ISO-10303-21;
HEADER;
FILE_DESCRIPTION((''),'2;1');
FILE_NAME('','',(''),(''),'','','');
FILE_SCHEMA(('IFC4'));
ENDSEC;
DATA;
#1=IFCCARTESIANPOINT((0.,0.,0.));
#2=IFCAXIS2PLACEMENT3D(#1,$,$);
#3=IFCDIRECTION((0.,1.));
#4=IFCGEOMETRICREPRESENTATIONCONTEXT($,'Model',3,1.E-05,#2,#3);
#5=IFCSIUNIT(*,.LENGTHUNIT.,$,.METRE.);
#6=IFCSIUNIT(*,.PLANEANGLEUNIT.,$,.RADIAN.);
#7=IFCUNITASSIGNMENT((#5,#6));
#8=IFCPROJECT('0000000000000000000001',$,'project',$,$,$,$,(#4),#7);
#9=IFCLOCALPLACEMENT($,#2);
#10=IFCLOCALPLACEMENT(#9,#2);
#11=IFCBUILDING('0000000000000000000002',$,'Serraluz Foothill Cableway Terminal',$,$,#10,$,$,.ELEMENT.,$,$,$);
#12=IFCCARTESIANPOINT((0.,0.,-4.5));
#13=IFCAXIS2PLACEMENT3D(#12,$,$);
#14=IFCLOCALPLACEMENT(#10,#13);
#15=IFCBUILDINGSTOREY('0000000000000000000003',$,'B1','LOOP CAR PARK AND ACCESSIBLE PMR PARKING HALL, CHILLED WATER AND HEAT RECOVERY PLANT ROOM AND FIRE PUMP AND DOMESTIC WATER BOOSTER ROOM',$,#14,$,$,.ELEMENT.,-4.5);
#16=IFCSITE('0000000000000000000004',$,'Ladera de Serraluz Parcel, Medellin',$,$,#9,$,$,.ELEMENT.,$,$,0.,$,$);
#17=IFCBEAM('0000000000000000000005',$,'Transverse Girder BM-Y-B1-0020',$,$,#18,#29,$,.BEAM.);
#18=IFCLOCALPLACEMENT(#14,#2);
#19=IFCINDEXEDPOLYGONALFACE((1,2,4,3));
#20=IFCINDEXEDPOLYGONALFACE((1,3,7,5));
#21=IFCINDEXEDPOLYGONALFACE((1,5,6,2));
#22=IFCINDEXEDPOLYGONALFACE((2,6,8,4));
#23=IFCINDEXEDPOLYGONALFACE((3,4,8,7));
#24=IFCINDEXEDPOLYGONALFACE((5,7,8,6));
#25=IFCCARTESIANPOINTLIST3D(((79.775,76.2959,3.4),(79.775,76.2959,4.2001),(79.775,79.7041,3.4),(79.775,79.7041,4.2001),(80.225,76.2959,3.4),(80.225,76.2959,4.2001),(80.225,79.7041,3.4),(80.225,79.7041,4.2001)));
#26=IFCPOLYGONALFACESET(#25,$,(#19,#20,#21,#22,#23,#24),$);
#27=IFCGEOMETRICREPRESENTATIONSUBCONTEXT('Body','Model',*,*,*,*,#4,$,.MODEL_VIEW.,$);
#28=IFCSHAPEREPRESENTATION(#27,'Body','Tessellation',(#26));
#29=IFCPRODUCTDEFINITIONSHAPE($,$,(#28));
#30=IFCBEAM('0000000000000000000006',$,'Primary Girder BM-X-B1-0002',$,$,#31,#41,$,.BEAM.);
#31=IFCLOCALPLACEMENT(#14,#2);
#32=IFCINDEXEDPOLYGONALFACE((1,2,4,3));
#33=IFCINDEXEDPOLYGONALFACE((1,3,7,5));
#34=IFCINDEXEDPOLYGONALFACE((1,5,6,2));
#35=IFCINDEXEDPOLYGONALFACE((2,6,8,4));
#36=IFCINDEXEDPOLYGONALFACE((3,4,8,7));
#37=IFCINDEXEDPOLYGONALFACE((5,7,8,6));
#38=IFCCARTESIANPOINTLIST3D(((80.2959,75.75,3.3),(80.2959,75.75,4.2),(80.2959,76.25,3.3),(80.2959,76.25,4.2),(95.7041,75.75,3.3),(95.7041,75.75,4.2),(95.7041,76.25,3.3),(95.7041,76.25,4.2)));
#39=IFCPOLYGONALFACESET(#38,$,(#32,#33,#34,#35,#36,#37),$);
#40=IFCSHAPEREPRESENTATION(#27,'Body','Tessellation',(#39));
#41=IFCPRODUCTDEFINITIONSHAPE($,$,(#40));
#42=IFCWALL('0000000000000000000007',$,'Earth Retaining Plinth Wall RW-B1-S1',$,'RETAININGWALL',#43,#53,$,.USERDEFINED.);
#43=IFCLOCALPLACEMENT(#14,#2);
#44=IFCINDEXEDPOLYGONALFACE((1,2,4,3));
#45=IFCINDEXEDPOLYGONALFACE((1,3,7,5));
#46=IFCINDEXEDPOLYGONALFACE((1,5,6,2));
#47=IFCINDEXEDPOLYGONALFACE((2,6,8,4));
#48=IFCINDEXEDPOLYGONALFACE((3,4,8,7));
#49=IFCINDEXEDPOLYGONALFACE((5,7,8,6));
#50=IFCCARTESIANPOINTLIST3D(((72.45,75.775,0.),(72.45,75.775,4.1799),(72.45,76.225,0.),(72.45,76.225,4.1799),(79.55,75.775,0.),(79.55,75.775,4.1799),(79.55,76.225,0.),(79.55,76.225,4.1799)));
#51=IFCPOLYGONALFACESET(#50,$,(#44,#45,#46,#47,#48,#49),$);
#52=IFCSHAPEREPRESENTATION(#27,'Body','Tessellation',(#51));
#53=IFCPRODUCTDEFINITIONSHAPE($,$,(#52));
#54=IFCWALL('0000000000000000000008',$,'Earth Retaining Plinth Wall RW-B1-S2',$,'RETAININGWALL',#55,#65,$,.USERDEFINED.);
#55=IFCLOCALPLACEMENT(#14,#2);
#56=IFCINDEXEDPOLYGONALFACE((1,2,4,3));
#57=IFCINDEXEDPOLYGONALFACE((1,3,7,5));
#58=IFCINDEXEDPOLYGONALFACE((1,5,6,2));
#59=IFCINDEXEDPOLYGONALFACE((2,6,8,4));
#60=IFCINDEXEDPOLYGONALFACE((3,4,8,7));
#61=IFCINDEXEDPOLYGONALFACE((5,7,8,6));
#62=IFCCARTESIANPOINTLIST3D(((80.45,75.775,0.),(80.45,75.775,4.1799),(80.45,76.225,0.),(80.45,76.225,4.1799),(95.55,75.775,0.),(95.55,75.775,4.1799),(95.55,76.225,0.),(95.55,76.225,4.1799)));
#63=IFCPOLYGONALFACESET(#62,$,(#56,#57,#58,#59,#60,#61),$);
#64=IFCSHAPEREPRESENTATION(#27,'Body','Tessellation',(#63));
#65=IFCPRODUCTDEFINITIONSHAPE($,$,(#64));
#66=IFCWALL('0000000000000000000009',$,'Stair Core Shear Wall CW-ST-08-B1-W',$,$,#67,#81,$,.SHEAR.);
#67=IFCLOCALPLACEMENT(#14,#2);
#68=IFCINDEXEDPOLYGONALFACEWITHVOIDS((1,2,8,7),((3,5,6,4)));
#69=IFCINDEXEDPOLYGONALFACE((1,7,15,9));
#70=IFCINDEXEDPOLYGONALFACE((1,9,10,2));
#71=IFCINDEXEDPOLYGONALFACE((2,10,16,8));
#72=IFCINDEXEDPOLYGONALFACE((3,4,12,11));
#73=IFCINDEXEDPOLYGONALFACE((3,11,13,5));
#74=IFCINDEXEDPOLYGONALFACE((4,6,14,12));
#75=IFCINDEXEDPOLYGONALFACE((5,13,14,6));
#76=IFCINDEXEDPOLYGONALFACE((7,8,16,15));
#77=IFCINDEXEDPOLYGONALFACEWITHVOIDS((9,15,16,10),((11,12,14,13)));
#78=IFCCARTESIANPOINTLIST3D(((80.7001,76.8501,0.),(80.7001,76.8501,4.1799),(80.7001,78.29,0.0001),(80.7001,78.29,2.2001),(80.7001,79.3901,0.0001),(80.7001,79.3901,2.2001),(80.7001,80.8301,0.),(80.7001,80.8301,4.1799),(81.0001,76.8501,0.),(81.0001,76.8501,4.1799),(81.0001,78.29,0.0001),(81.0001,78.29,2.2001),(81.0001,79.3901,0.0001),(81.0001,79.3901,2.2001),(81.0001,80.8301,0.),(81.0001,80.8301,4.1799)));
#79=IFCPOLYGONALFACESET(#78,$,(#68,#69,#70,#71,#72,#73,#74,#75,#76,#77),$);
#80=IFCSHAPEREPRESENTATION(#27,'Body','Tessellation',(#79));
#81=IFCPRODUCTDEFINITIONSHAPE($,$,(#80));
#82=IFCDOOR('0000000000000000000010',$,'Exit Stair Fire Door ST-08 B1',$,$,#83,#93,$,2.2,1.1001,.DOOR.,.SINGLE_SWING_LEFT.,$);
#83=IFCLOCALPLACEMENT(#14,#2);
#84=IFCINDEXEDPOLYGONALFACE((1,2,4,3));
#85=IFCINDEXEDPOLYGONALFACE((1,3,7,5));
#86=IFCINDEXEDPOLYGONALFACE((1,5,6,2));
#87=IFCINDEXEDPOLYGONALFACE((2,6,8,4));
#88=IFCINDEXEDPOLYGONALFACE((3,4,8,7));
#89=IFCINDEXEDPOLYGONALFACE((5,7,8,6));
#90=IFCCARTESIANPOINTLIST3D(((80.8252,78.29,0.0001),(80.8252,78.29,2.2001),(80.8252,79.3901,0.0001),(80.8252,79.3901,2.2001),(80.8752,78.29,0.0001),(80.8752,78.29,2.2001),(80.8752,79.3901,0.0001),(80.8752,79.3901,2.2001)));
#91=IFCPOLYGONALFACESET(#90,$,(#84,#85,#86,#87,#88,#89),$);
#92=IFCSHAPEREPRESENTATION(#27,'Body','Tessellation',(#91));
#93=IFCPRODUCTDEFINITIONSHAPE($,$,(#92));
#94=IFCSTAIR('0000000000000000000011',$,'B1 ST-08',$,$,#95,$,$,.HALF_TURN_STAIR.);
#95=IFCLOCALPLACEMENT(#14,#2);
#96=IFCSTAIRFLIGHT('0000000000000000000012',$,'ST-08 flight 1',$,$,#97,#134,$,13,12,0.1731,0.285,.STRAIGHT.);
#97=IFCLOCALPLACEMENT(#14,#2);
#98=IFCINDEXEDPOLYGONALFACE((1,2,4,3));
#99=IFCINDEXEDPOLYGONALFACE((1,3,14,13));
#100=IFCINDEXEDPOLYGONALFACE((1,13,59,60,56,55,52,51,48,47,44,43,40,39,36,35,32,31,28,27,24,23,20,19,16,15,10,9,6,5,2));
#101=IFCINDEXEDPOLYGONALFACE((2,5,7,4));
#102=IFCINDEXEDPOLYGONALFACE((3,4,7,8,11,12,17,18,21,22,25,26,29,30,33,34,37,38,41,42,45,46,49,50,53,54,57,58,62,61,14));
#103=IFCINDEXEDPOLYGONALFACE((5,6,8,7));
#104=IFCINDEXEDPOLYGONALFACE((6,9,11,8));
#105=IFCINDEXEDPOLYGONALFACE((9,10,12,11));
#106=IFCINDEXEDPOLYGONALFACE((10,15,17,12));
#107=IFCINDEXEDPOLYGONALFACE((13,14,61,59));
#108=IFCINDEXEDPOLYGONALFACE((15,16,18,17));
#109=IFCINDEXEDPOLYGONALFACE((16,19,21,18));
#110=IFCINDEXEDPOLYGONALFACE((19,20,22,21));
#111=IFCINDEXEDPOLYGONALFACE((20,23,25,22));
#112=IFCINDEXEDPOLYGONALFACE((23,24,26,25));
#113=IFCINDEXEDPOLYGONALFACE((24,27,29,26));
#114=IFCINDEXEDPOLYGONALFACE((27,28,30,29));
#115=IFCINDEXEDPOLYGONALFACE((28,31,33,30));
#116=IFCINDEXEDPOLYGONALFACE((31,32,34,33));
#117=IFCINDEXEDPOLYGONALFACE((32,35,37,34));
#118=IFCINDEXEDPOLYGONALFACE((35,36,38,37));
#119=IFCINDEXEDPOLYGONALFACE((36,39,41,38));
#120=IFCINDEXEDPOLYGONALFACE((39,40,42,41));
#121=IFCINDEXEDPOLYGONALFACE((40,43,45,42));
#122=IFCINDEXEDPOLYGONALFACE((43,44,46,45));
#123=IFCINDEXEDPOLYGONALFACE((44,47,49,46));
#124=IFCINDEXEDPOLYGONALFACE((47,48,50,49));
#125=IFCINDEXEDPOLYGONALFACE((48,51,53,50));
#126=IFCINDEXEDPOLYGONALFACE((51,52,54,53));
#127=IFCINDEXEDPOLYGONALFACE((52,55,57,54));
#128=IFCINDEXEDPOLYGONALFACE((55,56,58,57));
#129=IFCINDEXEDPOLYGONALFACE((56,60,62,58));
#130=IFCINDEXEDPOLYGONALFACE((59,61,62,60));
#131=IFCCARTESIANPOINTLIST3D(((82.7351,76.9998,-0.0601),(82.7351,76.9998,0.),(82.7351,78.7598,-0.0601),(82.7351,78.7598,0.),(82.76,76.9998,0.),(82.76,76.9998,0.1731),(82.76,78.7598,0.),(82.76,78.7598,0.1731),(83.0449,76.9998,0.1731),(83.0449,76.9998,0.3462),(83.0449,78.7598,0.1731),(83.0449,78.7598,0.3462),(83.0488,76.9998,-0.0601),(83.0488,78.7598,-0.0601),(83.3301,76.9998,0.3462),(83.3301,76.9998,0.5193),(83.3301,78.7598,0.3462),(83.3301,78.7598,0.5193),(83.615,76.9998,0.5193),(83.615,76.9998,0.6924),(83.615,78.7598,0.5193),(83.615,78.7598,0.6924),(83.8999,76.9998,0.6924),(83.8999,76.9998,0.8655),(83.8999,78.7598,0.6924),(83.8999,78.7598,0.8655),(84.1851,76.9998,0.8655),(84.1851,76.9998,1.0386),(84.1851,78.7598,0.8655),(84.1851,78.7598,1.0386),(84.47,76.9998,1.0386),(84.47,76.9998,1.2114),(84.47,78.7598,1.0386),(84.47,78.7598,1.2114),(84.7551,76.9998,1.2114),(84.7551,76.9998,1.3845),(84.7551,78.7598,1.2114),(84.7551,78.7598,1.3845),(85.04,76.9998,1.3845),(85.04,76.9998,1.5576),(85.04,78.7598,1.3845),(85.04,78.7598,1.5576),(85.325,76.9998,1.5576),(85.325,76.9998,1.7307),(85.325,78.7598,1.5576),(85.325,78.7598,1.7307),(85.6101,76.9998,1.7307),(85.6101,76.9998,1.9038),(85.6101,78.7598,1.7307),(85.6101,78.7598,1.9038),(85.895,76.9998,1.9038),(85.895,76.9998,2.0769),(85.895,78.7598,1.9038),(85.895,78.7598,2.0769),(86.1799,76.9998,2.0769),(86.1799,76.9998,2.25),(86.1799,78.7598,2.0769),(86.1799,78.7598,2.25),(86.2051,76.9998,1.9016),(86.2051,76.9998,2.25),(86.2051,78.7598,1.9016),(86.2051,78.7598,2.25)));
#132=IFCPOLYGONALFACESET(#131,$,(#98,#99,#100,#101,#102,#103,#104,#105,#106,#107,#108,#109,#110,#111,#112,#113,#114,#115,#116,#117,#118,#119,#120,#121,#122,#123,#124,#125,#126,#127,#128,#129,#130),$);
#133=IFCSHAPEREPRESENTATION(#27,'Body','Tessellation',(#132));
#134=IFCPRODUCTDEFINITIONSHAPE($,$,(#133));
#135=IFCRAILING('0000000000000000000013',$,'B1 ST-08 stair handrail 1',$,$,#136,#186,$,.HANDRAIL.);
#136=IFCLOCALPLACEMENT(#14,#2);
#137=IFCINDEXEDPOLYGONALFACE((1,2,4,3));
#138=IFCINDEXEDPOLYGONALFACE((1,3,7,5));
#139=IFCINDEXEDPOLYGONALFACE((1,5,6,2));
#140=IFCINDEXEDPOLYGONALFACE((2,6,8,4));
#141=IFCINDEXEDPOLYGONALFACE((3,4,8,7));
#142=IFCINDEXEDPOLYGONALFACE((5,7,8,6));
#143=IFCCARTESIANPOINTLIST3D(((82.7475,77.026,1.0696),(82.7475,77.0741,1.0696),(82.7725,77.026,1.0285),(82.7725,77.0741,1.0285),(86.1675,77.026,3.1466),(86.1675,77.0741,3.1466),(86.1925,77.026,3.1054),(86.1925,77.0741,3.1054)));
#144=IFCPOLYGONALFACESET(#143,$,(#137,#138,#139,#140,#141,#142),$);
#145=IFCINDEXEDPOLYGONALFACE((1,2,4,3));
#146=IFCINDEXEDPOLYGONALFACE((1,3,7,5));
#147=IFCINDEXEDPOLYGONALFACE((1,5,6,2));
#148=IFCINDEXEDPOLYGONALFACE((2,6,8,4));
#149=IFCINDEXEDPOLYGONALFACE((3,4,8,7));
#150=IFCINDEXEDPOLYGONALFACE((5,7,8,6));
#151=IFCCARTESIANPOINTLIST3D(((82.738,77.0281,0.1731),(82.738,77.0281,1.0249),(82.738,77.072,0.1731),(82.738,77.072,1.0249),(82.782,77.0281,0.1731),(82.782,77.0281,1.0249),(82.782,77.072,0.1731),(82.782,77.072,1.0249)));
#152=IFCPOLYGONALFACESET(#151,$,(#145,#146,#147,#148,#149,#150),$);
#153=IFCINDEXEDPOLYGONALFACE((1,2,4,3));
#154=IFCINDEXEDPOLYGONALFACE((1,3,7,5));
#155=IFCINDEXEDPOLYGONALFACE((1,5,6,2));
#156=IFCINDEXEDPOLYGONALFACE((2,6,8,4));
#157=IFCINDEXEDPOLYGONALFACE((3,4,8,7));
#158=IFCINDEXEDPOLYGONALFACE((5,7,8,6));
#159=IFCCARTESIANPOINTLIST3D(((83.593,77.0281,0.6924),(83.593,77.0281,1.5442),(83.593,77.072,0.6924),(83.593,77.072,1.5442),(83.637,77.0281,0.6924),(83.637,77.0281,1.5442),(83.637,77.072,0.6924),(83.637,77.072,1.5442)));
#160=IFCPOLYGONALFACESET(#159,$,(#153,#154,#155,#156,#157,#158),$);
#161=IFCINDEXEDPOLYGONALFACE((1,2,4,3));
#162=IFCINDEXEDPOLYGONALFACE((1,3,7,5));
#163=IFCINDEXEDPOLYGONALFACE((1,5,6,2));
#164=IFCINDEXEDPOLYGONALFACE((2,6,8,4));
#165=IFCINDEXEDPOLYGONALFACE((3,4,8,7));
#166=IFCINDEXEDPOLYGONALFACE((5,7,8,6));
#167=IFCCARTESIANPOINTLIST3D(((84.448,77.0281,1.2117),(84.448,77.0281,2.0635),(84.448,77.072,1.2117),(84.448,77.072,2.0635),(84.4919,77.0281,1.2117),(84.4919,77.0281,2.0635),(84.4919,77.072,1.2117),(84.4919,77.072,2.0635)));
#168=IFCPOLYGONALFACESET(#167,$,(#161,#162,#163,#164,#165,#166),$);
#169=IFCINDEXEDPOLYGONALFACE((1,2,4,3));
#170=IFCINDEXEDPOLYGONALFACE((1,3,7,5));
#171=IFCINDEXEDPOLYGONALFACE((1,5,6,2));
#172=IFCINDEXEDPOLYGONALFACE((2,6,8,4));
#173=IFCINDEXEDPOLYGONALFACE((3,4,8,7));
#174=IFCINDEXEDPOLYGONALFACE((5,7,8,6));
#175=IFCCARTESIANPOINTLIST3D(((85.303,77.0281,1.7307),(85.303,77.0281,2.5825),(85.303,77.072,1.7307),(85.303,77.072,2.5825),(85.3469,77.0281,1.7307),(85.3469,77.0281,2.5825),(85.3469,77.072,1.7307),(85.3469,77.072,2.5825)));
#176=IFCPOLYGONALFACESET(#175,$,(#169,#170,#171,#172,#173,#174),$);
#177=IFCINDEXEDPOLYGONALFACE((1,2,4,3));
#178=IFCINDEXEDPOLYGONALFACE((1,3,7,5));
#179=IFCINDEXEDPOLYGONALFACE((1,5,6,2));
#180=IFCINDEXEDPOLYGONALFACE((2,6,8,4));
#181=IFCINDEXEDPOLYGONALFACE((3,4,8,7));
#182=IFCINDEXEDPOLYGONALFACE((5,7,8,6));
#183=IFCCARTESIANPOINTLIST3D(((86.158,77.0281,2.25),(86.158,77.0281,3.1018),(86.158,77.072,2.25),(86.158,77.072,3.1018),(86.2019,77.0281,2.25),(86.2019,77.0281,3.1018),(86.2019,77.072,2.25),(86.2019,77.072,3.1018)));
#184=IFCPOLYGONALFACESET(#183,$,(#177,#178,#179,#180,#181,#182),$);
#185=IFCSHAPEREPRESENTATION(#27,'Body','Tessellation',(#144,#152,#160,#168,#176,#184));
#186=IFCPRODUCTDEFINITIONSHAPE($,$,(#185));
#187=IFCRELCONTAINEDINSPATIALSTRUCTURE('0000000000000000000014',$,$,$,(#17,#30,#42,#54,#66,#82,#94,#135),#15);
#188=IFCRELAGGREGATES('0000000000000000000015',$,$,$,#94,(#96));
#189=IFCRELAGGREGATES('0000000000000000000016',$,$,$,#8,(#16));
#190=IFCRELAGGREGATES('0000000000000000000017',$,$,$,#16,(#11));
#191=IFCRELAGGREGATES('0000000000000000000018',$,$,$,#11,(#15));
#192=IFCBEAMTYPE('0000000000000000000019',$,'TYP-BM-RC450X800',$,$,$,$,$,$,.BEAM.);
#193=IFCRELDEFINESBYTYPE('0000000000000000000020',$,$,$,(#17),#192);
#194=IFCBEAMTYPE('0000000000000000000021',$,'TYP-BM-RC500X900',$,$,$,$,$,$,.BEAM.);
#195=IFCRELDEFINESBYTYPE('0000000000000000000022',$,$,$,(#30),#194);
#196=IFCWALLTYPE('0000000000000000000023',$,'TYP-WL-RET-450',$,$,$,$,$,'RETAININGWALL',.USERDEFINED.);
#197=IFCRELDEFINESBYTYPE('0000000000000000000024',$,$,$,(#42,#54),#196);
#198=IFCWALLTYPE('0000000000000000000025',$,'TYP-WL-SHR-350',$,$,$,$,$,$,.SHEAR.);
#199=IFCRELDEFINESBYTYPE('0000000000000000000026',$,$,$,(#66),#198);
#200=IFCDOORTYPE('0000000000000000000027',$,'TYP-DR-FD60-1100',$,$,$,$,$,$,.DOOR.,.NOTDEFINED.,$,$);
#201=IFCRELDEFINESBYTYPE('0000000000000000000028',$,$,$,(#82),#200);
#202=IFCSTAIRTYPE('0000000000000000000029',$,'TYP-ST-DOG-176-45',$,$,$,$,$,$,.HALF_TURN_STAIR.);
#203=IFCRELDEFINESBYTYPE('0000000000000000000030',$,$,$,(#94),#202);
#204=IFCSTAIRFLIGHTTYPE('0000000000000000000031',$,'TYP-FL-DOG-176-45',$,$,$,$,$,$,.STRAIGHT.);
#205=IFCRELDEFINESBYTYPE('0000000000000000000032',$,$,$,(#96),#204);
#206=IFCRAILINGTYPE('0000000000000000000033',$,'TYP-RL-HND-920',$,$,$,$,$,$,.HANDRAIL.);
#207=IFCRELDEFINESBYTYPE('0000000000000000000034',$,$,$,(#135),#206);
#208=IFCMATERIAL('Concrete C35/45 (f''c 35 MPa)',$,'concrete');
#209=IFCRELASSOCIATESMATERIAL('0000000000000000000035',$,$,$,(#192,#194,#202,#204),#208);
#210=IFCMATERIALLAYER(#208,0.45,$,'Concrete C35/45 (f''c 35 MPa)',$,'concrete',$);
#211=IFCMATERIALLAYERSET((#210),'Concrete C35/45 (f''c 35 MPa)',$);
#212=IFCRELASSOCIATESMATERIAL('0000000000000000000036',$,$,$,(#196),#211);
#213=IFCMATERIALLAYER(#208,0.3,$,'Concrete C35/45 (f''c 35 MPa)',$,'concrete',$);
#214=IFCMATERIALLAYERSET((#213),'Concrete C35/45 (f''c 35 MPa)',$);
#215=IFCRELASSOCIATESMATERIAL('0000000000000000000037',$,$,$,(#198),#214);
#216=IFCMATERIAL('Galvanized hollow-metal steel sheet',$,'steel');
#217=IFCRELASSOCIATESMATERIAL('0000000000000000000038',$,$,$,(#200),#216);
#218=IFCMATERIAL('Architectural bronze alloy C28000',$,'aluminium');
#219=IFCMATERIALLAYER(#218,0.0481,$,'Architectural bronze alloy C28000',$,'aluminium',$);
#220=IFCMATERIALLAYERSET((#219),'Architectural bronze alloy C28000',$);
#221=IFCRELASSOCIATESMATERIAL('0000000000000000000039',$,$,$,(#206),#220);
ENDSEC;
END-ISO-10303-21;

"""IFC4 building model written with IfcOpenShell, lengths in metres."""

from ifc_helpers import new_model, si_unit, direction, frame, frame_2d, origin, origin_2d, place, context, subcontext, project, spatial, polyline, rectangle, outline, extrude, material, layer, layer_set, material_profile, profile_set, type_object, element, fill, aggregate, save


model = new_model("IFC4")

# Units and contexts
model_context = context("Model", 3, precision=1e-05, world=origin(), true_north=direction((0.0, 1.0)))
body_context = subcontext(model_context, "Body", "Model", "MODEL_VIEW")
ifc_project = project(units=[si_unit("LENGTHUNIT", "METRE"), si_unit("PLANEANGLEUNIT", "RADIAN")], contexts=[model_context])

# Site, building, storey
site_placement = place(None, origin())
site = spatial("IfcSite", under=ifc_project, at=site_placement, Name="Ladera de Serraluz Parcel, Medellin", CompositionType="ELEMENT", RefElevation=0.0)
building_placement = place(site_placement, origin())
building = spatial("IfcBuilding", under=site, at=building_placement, Name="Serraluz Foothill Cableway Terminal", CompositionType="ELEMENT")
storey_placement = place(building_placement, frame((0.0, 0.0, -4.5)))
storey = spatial("IfcBuildingStorey", under=building, at=storey_placement, Name="B1", Description="LOOP CAR PARK AND ACCESSIBLE PMR PARKING HALL, CHILLED WATER AND HEAT RECOVERY PLANT ROOM AND FIRE PUMP AND DOMESTIC WATER BOOSTER ROOM", CompositionType="ELEMENT", Elevation=-4.5)

# Shared definitions
ifc_material_1 = material(Name="Concrete C35/45 (f'c 35 MPa)", Category="concrete")

# Beams
ifc_material_profile_1 = material_profile(ifc_material_1, rectangle(XDim=0.45, YDim=0.8, at=origin_2d()), Name="RC 450x800")
ifc_profile_set_1 = profile_set([ifc_material_profile_1], Name="Concrete C35/45 (f'c 35 MPa)")
beam_type_1 = type_object("IfcBeamType", Name="TYP-BM-RC450X800", PredefinedType="BEAM", material=ifc_profile_set_1)
beam_1_placement = place(storey_placement, frame((80.0, 76.2959, 3.8), z_axis=(0.0, 1.0, 0.0), x_axis=(-1.0, 0.0, 0.0)))
element("IfcBeam", 1, at=beam_1_placement, inside=storey, type_object=beam_type_1, Name="Transverse Girder BM-Y-B1-0020", PredefinedType="BEAM", context=body_context, shape_type="SweptSolid", body=[
    extrude(rectangle(XDim=0.45, YDim=0.8, at=origin_2d()), origin(), (0.0, 0.0, 1.0), 3.4082),
])
ifc_material_profile_2 = material_profile(ifc_material_1, rectangle(XDim=0.5, YDim=0.8999, at=origin_2d()), Name="RC 500x900")
ifc_profile_set_2 = profile_set([ifc_material_profile_2], Name="Concrete C35/45 (f'c 35 MPa)")
beam_type_2 = type_object("IfcBeamType", Name="TYP-BM-RC500X900", PredefinedType="BEAM", material=ifc_profile_set_2)
beam_2_placement = place(storey_placement, frame((80.2959, 76.0, 3.75), z_axis=(1.0, 0.0, 0.0), x_axis=(0.0, 1.0, 0.0)))
element("IfcBeam", 2, at=beam_2_placement, inside=storey, type_object=beam_type_2, Name="Primary Girder BM-X-B1-0002", PredefinedType="BEAM", context=body_context, shape_type="SweptSolid", body=[
    extrude(rectangle(XDim=0.5, YDim=0.8999, at=origin_2d()), origin(), (0.0, 0.0, 1.0), 15.4082),
])

# Walls
ifc_layer_1 = layer(ifc_material_1, 0.45, Name="Concrete C35/45 (f'c 35 MPa)", Category="concrete")
ifc_layer_set_1 = layer_set([ifc_layer_1], Name="Concrete C35/45 (f'c 35 MPa)")
wall_type_1 = type_object("IfcWallType", Name="TYP-WL-RET-450", ElementType="RETAININGWALL", PredefinedType="USERDEFINED", material=ifc_layer_set_1)
wall_1_placement = place(storey_placement, frame((72.45, 76.0, 0.0), z_axis=(0.0, 0.0, 1.0), x_axis=(1.0, 0.0, 0.0)))
element("IfcWall", 3, at=wall_1_placement, inside=storey, type_object=wall_type_1, Name="Earth Retaining Plinth Wall RW-B1-S1", ObjectType="RETAININGWALL", PredefinedType="USERDEFINED", context=body_context, shape_type="SweptSolid", body=[
    extrude(rectangle(XDim=7.1001, YDim=0.45, at=frame_2d((3.55, 0.0))), origin(), (0.0, 0.0, 1.0), 4.1799),
])
wall_2_placement = place(storey_placement, frame((80.45, 76.0, 0.0), z_axis=(0.0, 0.0, 1.0), x_axis=(1.0, 0.0, 0.0)))
element("IfcWall", 4, at=wall_2_placement, inside=storey, type_object=wall_type_1, Name="Earth Retaining Plinth Wall RW-B1-S2", ObjectType="RETAININGWALL", PredefinedType="USERDEFINED", context=body_context, shape_type="SweptSolid", body=[
    extrude(rectangle(XDim=15.1001, YDim=0.45, at=frame_2d((7.55, 0.0))), origin(), (0.0, 0.0, 1.0), 4.1799),
])

# Wall, opening, door
ifc_layer_2 = layer(ifc_material_1, 0.3, Name="Concrete C35/45 (f'c 35 MPa)", Category="concrete")
ifc_layer_set_2 = layer_set([ifc_layer_2], Name="Concrete C35/45 (f'c 35 MPa)")
wall_type_2 = type_object("IfcWallType", Name="TYP-WL-SHR-350", PredefinedType="SHEAR", material=ifc_layer_set_2)
wall_3_placement = place(storey_placement, frame((80.8501, 76.8501, 0.0), z_axis=(0.0, 0.0, 1.0), x_axis=(0.0, 1.0, 0.0)))
wall_3 = element("IfcWall", 5, at=wall_3_placement, inside=storey, type_object=wall_type_2, Name="Stair Core Shear Wall CW-ST-08-B1-W", PredefinedType="SHEAR", context=body_context, shape_type="SweptSolid", body=[
    extrude(rectangle(XDim=3.98, YDim=0.3, at=frame_2d((1.99, 0.0))), origin(), (0.0, 0.0, 1.0), 4.1799),
])
opening_placement = place(wall_3_placement, frame((1.4399, 0.0, 0.0)))
opening = element("IfcOpeningElement", 6, at=opening_placement, cuts=wall_3, PredefinedType="OPENING", context=body_context, shape_type="SweptSolid", body=[
    extrude(rectangle(XDim=1.1001, YDim=2.2, at=frame_2d((0.55, 1.1001))), frame((0.0, 0.1602, 0.0), z_axis=(0.0, -1.0, 0.0), x_axis=(1.0, 0.0, 0.0)), (0.0, 0.0, 1.0), 0.3201),
])
ifc_material_2 = material(Name="Galvanized hollow-metal steel sheet", Category="steel")
door_type = type_object("IfcDoorType", Name="TYP-DR-FD60-1100", OperationType="NOTDEFINED", PredefinedType="DOOR", material=ifc_material_2)
door_placement = place(opening_placement, origin())
door = element("IfcDoor", 7, at=door_placement, inside=storey, type_object=door_type, Name="Exit Stair Fire Door ST-08 B1", OperationType="SINGLE_SWING_LEFT", OverallHeight=2.2, OverallWidth=1.1001, PredefinedType="DOOR", context=body_context, shape_type="SweptSolid", body=[
    extrude(rectangle(XDim=1.1001, YDim=2.2, at=frame_2d((0.55, 1.1001))), frame((0.0, 0.0249, 0.0), z_axis=(0.0, -1.0, 0.0), x_axis=(1.0, 0.0, 0.0)), (0.0, 0.0, 1.0), 0.05),
])
fill(opening, door)

# Stair, stair flight
stair_type = type_object("IfcStairType", Name="TYP-ST-DOG-176-45", PredefinedType="HALF_TURN_STAIR", material=ifc_material_1)
stair_placement = place(storey_placement, origin())
stair = element("IfcStair", 8, at=stair_placement, inside=storey, type_object=stair_type, Name="B1 ST-08", PredefinedType="HALF_TURN_STAIR")
stair_flight_type = type_object("IfcStairFlightType", Name="TYP-FL-DOG-176-45", PredefinedType="STRAIGHT", material=ifc_material_1)
stair_flight_placement = place(storey_placement, frame((82.76, 77.8799, 0.0), z_axis=(0.0, 0.0, 1.0), x_axis=(1.0, 0.0, 0.0)))
stair_flight = element("IfcStairFlight", 9, at=stair_flight_placement, type_object=stair_flight_type, Name="ST-08 flight 1", NumberOfRisers=13, NumberOfTreads=12, PredefinedType="STRAIGHT", RiserHeight=0.1731, TreadLength=0.285, context=body_context, shape_type="SweptSolid", body=[
    extrude(outline(polyline([(-0.0249, -0.0601), (-0.0249, 0.0), (0.0, 0.0), (0.0, 0.1731), (0.2849, 0.1731), (0.2849, 0.3462), (0.5701, 0.3462), (0.5701, 0.5193), (0.855, 0.5193), (0.855, 0.6924), (1.1399, 0.6924), (1.1399, 0.8655), (1.425, 0.8655), (1.425, 1.0386), (1.71, 1.0386), (1.71, 1.2114), (1.9951, 1.2114), (1.9951, 1.3845), (2.28, 1.3845), (2.28, 1.5576), (2.5649, 1.5576), (2.5649, 1.7307), (2.8501, 1.7307), (2.8501, 1.9038), (3.135, 1.9038), (3.135, 2.0769), (3.4199, 2.0769), (3.4199, 2.25), (3.4451, 2.25), (3.4451, 1.9016), (0.2888, -0.0601), (-0.0249, -0.0601)])), frame((0.0, 0.8799, 0.0), z_axis=(0.0, -1.0, 0.0), x_axis=(1.0, 0.0, 0.0)), (0.0, 0.0, 1.0), 1.76),
])
aggregate(stair, [stair_flight])

# Railing
ifc_material_3 = material(Name="Architectural bronze alloy C28000", Category="aluminium")
ifc_layer_3 = layer(ifc_material_3, 0.0481, Name="Architectural bronze alloy C28000", Category="aluminium")
ifc_layer_set_3 = layer_set([ifc_layer_3], Name="Architectural bronze alloy C28000")
railing_type = type_object("IfcRailingType", Name="TYP-RL-HND-920", PredefinedType="HANDRAIL", material=ifc_layer_set_3)
railing_placement = place(storey_placement, frame((82.76, 77.05, 0.1731)))
element("IfcRailing", 10, at=railing_placement, inside=storey, type_object=railing_type, Name="B1 ST-08 stair handrail 1", PredefinedType="HANDRAIL", context=body_context, shape_type="SweptSolid", body=[
    extrude(rectangle(XDim=0.0481, YDim=0.0481, at=origin_2d()), frame((0.0, 0.0, 0.876), z_axis=(0.85473, 0.0, 0.519074), x_axis=(0.0, 1.0, 0.0)), (0.0, 0.0, 1.0), 4.0012),
    extrude(rectangle(XDim=0.0439, YDim=0.0439, at=origin_2d()), origin(), (0.0, 0.0, 1.0), 0.8518),
    extrude(rectangle(XDim=0.0439, YDim=0.0439, at=origin_2d()), frame((0.855, 0.0, 0.5193)), (0.0, 0.0, 1.0), 0.8518),
    extrude(rectangle(XDim=0.0439, YDim=0.0439, at=origin_2d()), frame((1.71, 0.0, 1.0386)), (0.0, 0.0, 1.0), 0.8518),
    extrude(rectangle(XDim=0.0439, YDim=0.0439, at=origin_2d()), frame((2.5649, 0.0, 1.5576)), (0.0, 0.0, 1.0), 0.8518),
    extrude(rectangle(XDim=0.0439, YDim=0.0439, at=origin_2d()), frame((3.4199, 0.0, 2.0769)), (0.0, 0.0, 1.0), 0.8518),
])

save(model, "model.ifc")
